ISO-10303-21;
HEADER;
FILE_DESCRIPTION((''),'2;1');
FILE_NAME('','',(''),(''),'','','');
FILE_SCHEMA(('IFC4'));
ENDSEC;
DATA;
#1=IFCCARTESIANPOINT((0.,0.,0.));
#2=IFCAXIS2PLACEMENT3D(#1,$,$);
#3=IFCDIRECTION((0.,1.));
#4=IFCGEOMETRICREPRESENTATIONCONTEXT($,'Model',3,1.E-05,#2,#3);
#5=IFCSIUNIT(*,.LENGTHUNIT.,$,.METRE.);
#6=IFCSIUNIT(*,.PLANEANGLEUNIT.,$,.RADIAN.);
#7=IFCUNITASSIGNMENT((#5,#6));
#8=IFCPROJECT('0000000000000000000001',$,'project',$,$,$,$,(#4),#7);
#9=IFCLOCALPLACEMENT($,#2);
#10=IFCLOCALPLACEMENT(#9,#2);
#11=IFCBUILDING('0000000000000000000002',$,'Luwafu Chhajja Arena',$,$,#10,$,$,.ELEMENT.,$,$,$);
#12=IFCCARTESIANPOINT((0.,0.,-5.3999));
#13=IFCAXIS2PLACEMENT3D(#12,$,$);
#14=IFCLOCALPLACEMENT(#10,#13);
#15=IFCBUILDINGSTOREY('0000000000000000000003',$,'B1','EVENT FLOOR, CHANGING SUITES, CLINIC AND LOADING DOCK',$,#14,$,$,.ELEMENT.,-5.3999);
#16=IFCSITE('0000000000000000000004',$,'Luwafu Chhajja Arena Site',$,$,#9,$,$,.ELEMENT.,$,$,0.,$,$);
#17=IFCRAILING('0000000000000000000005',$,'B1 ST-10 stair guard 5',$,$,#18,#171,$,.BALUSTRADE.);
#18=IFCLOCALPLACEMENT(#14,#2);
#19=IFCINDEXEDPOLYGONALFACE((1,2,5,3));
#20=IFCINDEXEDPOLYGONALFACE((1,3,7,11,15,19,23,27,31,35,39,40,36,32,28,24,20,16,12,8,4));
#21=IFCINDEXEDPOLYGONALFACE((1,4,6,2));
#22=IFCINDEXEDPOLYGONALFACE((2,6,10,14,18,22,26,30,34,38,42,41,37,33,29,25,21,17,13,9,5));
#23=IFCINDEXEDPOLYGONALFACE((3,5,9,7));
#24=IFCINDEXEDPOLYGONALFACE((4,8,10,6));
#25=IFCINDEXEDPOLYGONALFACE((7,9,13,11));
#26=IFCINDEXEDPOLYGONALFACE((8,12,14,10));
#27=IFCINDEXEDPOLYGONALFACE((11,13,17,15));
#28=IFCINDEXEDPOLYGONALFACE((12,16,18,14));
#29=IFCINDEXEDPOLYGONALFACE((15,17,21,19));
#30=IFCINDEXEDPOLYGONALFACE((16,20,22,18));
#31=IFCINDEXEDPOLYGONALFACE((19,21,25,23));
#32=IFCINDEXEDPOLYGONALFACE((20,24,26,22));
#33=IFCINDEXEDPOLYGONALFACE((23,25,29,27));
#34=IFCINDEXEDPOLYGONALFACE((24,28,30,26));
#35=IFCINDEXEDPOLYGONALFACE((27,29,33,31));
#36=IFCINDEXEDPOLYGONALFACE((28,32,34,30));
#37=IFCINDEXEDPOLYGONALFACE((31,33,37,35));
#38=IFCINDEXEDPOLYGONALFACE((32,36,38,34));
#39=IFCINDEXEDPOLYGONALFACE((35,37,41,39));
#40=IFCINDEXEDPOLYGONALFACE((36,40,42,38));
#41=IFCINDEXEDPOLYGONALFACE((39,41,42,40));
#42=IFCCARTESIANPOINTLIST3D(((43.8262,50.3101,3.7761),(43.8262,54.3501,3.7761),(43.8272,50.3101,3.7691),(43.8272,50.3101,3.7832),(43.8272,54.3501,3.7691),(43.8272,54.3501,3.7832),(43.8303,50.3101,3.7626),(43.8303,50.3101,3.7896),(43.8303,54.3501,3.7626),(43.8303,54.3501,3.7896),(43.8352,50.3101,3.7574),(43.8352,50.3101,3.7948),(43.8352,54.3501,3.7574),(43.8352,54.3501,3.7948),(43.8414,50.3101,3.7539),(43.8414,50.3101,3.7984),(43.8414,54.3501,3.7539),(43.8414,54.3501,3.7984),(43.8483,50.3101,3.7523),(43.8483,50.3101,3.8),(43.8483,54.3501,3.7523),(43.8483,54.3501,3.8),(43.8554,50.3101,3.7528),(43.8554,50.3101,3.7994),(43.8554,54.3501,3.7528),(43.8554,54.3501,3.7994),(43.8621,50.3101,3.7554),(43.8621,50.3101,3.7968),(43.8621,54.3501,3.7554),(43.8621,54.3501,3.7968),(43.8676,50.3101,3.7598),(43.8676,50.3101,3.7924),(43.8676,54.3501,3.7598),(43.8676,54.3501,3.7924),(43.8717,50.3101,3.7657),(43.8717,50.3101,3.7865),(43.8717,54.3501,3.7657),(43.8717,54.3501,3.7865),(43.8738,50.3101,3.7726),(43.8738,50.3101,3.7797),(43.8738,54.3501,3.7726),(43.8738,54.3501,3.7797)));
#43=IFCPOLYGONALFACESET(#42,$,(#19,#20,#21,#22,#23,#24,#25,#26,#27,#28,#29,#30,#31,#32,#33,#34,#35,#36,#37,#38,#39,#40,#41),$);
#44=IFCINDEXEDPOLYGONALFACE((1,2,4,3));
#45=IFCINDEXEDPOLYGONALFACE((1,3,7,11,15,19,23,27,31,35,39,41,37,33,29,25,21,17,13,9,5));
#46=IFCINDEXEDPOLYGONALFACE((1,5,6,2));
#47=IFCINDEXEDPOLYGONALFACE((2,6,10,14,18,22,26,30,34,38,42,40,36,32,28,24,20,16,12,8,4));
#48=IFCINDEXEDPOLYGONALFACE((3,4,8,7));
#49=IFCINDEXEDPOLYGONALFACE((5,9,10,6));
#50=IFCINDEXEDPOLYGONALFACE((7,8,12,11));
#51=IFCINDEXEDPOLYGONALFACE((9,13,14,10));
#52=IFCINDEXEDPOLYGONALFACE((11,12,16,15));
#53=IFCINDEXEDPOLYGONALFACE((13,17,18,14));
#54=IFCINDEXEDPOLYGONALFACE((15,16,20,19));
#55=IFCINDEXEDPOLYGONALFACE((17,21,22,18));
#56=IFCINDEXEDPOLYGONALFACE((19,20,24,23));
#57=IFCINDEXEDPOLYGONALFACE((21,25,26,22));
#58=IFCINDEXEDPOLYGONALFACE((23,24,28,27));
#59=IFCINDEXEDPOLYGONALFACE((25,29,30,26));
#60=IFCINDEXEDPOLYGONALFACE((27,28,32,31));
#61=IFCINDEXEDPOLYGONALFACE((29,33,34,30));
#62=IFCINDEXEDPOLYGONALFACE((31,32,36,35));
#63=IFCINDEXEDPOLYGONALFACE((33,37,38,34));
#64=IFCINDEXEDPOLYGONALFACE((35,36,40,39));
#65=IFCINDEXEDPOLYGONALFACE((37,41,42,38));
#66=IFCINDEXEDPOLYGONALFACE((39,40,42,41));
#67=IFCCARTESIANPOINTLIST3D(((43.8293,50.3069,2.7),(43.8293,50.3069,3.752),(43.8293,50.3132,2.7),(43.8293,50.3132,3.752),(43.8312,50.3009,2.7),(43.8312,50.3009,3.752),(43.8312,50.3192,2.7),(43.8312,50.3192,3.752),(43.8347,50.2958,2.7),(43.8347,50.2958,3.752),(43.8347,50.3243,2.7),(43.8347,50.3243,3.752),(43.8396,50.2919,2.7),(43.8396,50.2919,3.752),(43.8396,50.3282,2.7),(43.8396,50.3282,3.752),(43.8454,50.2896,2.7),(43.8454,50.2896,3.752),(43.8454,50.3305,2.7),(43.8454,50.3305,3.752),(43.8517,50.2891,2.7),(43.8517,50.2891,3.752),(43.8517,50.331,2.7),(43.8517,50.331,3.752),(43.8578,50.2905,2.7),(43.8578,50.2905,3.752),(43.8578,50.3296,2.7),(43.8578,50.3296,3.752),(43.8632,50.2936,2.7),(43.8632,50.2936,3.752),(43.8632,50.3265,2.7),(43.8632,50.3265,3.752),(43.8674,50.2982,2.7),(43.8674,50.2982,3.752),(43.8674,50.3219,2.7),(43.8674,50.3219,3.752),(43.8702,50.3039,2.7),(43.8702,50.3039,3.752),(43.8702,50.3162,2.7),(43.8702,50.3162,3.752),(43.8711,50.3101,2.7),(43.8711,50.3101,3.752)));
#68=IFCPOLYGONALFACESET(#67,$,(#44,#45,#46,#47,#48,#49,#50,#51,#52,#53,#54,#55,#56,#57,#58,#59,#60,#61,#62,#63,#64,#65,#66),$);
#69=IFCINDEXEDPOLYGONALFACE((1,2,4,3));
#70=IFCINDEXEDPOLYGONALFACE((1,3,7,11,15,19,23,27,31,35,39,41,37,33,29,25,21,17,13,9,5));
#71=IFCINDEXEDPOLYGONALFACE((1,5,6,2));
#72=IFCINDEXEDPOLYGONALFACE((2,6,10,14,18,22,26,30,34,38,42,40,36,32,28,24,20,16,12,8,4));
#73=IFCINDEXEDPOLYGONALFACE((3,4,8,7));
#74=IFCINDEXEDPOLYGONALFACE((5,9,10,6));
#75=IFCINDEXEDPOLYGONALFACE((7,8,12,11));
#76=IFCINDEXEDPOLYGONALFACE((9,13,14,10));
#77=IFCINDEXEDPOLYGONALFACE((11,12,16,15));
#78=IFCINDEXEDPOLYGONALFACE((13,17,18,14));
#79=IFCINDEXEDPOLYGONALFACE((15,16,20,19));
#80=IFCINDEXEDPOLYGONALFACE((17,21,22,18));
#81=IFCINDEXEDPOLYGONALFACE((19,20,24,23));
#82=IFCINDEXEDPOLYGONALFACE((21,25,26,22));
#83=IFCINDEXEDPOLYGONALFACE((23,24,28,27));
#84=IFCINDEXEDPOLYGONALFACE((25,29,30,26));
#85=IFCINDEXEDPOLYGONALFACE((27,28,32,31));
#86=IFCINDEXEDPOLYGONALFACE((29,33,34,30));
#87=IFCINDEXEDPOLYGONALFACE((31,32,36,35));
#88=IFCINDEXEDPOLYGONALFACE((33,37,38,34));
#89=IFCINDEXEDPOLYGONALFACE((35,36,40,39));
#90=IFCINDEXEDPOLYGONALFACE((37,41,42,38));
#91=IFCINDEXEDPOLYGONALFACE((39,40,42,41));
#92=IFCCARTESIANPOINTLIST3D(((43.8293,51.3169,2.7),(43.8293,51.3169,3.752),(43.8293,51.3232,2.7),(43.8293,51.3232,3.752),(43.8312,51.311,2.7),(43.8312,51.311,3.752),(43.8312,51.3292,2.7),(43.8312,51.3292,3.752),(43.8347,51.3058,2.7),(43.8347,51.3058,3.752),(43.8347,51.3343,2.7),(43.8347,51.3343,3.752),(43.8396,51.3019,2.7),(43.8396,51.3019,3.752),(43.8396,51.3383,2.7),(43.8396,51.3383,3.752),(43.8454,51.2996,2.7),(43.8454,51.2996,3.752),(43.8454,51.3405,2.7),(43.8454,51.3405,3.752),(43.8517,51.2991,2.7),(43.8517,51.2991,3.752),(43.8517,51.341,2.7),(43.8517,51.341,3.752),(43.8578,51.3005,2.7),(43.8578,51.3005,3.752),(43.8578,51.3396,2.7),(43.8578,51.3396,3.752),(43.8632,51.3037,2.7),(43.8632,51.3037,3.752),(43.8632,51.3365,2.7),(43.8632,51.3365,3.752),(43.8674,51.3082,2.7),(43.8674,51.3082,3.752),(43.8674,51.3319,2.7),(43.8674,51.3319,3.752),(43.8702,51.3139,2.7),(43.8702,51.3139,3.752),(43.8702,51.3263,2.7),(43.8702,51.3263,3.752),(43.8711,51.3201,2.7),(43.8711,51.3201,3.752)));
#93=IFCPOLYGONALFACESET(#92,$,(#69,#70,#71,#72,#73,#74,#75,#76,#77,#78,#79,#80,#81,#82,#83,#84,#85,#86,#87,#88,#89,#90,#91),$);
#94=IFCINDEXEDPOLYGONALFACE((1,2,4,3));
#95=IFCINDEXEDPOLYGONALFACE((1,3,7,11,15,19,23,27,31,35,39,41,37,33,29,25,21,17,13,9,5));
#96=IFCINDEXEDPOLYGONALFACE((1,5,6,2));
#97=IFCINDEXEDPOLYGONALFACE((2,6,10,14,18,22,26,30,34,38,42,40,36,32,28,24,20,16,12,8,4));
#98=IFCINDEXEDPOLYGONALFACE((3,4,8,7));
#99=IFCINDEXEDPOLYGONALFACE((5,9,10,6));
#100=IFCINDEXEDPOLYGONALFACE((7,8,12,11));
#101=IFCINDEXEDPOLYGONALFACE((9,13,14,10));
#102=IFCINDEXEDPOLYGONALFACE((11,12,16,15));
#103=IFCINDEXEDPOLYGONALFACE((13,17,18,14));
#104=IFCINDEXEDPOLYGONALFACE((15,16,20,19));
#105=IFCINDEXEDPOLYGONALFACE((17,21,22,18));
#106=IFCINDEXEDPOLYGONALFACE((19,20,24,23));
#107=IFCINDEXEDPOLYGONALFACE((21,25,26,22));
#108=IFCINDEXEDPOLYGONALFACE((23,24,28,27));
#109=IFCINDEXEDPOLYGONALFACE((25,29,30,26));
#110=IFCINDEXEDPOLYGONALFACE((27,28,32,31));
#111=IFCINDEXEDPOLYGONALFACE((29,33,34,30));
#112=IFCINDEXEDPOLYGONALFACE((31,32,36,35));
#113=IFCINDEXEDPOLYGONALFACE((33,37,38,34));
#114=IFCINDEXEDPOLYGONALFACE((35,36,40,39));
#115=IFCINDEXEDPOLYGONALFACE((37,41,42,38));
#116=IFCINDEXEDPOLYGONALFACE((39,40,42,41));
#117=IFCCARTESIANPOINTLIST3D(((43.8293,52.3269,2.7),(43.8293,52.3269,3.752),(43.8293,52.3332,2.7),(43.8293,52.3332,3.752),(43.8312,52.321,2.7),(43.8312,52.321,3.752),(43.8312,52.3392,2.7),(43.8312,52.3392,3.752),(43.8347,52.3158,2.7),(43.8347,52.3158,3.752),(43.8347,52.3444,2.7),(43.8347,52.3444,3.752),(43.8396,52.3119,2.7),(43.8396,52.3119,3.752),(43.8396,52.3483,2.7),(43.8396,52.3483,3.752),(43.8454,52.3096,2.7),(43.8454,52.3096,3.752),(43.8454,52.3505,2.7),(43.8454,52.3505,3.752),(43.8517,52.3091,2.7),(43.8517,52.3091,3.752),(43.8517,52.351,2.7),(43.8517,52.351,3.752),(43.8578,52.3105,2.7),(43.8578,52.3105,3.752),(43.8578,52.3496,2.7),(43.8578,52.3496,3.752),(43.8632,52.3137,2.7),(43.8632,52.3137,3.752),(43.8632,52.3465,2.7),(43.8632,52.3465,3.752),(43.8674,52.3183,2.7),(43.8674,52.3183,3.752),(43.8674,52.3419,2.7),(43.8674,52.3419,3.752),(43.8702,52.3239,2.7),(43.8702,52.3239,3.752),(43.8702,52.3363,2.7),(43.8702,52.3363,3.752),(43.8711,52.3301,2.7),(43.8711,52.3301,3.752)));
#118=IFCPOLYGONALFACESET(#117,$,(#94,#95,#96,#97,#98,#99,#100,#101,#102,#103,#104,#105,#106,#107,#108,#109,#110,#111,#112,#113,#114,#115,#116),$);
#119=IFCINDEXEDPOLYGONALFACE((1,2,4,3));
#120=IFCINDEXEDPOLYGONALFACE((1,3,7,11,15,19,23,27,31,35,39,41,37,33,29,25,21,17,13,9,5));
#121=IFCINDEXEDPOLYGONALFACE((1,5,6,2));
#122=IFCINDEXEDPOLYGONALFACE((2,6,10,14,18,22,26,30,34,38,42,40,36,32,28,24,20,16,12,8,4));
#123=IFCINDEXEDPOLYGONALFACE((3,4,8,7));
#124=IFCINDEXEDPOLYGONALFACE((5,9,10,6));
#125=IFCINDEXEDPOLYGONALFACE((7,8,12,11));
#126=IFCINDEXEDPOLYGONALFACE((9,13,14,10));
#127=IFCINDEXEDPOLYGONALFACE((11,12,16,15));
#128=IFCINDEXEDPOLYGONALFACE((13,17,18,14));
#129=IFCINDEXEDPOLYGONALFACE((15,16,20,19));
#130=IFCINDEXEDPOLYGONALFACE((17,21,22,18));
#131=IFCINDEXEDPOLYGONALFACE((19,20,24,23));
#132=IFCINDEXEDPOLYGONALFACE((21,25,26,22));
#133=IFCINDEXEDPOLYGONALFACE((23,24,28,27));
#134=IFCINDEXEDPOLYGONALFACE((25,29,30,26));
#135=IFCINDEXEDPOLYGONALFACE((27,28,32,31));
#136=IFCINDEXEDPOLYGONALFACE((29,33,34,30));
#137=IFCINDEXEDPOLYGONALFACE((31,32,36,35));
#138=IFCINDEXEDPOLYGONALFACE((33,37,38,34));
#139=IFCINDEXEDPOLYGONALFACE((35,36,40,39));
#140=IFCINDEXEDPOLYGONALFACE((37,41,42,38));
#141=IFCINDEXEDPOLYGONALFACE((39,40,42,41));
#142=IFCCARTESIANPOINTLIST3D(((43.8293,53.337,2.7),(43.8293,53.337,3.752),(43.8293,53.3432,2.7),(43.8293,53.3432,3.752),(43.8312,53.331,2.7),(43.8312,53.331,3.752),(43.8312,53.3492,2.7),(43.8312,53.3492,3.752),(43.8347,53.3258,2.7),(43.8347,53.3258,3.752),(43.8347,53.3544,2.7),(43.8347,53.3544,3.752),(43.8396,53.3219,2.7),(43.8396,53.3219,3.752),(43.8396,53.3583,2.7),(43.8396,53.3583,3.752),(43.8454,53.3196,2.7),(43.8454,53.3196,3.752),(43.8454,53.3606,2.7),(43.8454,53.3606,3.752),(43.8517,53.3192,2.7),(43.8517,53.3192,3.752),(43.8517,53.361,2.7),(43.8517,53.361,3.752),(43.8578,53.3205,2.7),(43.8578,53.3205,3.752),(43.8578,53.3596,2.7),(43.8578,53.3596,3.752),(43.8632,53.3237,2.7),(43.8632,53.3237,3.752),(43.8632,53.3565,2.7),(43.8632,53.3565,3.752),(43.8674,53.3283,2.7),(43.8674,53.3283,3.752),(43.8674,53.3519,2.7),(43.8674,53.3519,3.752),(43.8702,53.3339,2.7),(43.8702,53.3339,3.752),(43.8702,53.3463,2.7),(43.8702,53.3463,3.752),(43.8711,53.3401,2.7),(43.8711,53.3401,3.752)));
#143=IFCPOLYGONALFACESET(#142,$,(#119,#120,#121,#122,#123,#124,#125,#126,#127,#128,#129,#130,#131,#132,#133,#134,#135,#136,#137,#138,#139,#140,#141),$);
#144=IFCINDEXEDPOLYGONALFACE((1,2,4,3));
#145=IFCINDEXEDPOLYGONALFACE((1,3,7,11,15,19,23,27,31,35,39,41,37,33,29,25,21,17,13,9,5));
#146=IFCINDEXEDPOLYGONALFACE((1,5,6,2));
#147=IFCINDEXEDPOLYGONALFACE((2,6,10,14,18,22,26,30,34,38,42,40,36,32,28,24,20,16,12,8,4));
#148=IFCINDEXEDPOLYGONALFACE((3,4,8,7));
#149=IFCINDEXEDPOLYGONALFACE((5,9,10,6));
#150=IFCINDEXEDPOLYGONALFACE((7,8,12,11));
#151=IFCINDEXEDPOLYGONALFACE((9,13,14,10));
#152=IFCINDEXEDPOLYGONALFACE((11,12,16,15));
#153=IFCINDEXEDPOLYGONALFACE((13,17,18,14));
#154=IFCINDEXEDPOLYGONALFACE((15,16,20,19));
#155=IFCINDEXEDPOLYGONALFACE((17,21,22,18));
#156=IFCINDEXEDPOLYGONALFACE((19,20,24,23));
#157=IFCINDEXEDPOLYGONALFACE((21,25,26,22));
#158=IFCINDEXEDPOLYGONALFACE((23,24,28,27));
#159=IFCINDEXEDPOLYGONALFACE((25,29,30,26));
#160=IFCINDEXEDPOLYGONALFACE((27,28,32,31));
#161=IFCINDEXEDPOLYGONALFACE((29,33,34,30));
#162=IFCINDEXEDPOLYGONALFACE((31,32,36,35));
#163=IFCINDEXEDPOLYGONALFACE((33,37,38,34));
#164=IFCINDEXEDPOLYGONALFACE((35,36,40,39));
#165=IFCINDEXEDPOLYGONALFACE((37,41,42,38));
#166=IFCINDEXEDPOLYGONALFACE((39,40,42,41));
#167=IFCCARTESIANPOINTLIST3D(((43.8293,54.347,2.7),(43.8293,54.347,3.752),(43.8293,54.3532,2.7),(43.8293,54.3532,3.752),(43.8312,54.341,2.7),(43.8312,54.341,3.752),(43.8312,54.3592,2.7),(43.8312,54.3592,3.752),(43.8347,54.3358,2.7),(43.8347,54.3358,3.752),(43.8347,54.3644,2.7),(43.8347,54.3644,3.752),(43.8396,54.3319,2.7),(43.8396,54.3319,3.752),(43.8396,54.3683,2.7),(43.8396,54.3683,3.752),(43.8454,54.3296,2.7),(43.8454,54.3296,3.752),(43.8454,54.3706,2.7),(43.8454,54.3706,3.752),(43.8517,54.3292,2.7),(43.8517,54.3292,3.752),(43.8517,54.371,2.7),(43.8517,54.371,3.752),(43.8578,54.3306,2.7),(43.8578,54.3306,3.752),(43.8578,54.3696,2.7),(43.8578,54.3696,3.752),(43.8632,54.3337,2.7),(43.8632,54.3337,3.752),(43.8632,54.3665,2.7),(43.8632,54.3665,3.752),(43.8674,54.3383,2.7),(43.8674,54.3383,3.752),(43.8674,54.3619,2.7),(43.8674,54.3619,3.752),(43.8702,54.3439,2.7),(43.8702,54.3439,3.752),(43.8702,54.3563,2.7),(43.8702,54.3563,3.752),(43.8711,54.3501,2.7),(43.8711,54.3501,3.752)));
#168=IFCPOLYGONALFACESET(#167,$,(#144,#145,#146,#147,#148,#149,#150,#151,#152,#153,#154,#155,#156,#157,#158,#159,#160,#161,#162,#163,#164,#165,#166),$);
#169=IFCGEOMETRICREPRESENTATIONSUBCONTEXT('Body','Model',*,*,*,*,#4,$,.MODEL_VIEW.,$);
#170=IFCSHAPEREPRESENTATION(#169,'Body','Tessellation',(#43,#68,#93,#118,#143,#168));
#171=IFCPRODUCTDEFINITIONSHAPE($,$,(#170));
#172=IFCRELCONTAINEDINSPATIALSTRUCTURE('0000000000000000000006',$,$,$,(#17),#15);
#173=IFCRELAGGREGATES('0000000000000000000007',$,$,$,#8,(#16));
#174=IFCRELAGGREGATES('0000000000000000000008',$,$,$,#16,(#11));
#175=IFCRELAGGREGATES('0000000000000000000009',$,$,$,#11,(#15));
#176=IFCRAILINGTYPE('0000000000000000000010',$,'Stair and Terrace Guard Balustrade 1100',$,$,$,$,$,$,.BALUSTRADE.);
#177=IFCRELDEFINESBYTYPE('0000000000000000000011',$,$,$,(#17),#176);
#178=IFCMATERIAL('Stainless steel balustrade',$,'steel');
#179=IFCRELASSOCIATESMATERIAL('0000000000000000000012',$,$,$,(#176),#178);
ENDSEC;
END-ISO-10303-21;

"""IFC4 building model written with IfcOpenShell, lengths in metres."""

from ifc_helpers import new_model, si_unit, direction, frame, origin, origin_2d, place, context, subcontext, project, spatial, circle, extrude, material, type_object, element, save


model = new_model("IFC4")

# Units and contexts
model_context = context("Model", 3, precision=1e-05, world=origin(), true_north=direction((0.0, 1.0)))
body_context = subcontext(model_context, "Body", "Model", "MODEL_VIEW")
ifc_project = project(units=[si_unit("LENGTHUNIT", "METRE"), si_unit("PLANEANGLEUNIT", "RADIAN")], contexts=[model_context])

# Site, building, storey
site_placement = place(None, origin())
site = spatial("IfcSite", under=ifc_project, at=site_placement, Name="Luwafu Chhajja Arena Site", CompositionType="ELEMENT", RefElevation=0.0)
building_placement = place(site_placement, origin())
building = spatial("IfcBuilding", under=site, at=building_placement, Name="Luwafu Chhajja Arena", CompositionType="ELEMENT")
storey_placement = place(building_placement, frame((0.0, 0.0, -5.3999)))
storey = spatial("IfcBuildingStorey", under=building, at=storey_placement, Name="B1", Description="EVENT FLOOR, CHANGING SUITES, CLINIC AND LOADING DOCK", CompositionType="ELEMENT", Elevation=-5.3999)

# Railing
ifc_material_1 = material(Name="Stainless steel balustrade", Category="steel")
railing_type_1 = type_object("IfcRailingType", Name="Stair and Terrace Guard Balustrade 1100", PredefinedType="BALUSTRADE", material=ifc_material_1)
railing_1_placement = place(storey_placement, frame((43.8501, 50.3101, 2.7)))
element("IfcRailing", 1, at=railing_1_placement, inside=storey, type_object=railing_type_1, Name="B1 ST-10 stair guard 5", PredefinedType="BALUSTRADE", context=body_context, shape_type="SweptSolid", body=[
    extrude(circle(Radius=0.0239, at=origin_2d()), frame((0.0, 0.0, 1.0762), z_axis=(0.0, 1.0, 0.0), x_axis=(-1.0, 0.0, 0.0)), (0.0, 0.0, 1.0), 4.04),
    extrude(circle(Radius=0.021, at=origin_2d()), origin(), (0.0, 0.0, 1.0), 1.052),
    extrude(circle(Radius=0.021, at=origin_2d()), frame((0.0, 1.01, 0.0)), (0.0, 0.0, 1.0), 1.052),
    extrude(circle(Radius=0.021, at=origin_2d()), frame((0.0, 2.02, 0.0)), (0.0, 0.0, 1.0), 1.052),
    extrude(circle(Radius=0.021, at=origin_2d()), frame((0.0, 3.03, 0.0)), (0.0, 0.0, 1.0), 1.052),
    extrude(circle(Radius=0.021, at=origin_2d()), frame((0.0, 4.04, 0.0)), (0.0, 0.0, 1.0), 1.052),
])

save(model, "model.ifc")
